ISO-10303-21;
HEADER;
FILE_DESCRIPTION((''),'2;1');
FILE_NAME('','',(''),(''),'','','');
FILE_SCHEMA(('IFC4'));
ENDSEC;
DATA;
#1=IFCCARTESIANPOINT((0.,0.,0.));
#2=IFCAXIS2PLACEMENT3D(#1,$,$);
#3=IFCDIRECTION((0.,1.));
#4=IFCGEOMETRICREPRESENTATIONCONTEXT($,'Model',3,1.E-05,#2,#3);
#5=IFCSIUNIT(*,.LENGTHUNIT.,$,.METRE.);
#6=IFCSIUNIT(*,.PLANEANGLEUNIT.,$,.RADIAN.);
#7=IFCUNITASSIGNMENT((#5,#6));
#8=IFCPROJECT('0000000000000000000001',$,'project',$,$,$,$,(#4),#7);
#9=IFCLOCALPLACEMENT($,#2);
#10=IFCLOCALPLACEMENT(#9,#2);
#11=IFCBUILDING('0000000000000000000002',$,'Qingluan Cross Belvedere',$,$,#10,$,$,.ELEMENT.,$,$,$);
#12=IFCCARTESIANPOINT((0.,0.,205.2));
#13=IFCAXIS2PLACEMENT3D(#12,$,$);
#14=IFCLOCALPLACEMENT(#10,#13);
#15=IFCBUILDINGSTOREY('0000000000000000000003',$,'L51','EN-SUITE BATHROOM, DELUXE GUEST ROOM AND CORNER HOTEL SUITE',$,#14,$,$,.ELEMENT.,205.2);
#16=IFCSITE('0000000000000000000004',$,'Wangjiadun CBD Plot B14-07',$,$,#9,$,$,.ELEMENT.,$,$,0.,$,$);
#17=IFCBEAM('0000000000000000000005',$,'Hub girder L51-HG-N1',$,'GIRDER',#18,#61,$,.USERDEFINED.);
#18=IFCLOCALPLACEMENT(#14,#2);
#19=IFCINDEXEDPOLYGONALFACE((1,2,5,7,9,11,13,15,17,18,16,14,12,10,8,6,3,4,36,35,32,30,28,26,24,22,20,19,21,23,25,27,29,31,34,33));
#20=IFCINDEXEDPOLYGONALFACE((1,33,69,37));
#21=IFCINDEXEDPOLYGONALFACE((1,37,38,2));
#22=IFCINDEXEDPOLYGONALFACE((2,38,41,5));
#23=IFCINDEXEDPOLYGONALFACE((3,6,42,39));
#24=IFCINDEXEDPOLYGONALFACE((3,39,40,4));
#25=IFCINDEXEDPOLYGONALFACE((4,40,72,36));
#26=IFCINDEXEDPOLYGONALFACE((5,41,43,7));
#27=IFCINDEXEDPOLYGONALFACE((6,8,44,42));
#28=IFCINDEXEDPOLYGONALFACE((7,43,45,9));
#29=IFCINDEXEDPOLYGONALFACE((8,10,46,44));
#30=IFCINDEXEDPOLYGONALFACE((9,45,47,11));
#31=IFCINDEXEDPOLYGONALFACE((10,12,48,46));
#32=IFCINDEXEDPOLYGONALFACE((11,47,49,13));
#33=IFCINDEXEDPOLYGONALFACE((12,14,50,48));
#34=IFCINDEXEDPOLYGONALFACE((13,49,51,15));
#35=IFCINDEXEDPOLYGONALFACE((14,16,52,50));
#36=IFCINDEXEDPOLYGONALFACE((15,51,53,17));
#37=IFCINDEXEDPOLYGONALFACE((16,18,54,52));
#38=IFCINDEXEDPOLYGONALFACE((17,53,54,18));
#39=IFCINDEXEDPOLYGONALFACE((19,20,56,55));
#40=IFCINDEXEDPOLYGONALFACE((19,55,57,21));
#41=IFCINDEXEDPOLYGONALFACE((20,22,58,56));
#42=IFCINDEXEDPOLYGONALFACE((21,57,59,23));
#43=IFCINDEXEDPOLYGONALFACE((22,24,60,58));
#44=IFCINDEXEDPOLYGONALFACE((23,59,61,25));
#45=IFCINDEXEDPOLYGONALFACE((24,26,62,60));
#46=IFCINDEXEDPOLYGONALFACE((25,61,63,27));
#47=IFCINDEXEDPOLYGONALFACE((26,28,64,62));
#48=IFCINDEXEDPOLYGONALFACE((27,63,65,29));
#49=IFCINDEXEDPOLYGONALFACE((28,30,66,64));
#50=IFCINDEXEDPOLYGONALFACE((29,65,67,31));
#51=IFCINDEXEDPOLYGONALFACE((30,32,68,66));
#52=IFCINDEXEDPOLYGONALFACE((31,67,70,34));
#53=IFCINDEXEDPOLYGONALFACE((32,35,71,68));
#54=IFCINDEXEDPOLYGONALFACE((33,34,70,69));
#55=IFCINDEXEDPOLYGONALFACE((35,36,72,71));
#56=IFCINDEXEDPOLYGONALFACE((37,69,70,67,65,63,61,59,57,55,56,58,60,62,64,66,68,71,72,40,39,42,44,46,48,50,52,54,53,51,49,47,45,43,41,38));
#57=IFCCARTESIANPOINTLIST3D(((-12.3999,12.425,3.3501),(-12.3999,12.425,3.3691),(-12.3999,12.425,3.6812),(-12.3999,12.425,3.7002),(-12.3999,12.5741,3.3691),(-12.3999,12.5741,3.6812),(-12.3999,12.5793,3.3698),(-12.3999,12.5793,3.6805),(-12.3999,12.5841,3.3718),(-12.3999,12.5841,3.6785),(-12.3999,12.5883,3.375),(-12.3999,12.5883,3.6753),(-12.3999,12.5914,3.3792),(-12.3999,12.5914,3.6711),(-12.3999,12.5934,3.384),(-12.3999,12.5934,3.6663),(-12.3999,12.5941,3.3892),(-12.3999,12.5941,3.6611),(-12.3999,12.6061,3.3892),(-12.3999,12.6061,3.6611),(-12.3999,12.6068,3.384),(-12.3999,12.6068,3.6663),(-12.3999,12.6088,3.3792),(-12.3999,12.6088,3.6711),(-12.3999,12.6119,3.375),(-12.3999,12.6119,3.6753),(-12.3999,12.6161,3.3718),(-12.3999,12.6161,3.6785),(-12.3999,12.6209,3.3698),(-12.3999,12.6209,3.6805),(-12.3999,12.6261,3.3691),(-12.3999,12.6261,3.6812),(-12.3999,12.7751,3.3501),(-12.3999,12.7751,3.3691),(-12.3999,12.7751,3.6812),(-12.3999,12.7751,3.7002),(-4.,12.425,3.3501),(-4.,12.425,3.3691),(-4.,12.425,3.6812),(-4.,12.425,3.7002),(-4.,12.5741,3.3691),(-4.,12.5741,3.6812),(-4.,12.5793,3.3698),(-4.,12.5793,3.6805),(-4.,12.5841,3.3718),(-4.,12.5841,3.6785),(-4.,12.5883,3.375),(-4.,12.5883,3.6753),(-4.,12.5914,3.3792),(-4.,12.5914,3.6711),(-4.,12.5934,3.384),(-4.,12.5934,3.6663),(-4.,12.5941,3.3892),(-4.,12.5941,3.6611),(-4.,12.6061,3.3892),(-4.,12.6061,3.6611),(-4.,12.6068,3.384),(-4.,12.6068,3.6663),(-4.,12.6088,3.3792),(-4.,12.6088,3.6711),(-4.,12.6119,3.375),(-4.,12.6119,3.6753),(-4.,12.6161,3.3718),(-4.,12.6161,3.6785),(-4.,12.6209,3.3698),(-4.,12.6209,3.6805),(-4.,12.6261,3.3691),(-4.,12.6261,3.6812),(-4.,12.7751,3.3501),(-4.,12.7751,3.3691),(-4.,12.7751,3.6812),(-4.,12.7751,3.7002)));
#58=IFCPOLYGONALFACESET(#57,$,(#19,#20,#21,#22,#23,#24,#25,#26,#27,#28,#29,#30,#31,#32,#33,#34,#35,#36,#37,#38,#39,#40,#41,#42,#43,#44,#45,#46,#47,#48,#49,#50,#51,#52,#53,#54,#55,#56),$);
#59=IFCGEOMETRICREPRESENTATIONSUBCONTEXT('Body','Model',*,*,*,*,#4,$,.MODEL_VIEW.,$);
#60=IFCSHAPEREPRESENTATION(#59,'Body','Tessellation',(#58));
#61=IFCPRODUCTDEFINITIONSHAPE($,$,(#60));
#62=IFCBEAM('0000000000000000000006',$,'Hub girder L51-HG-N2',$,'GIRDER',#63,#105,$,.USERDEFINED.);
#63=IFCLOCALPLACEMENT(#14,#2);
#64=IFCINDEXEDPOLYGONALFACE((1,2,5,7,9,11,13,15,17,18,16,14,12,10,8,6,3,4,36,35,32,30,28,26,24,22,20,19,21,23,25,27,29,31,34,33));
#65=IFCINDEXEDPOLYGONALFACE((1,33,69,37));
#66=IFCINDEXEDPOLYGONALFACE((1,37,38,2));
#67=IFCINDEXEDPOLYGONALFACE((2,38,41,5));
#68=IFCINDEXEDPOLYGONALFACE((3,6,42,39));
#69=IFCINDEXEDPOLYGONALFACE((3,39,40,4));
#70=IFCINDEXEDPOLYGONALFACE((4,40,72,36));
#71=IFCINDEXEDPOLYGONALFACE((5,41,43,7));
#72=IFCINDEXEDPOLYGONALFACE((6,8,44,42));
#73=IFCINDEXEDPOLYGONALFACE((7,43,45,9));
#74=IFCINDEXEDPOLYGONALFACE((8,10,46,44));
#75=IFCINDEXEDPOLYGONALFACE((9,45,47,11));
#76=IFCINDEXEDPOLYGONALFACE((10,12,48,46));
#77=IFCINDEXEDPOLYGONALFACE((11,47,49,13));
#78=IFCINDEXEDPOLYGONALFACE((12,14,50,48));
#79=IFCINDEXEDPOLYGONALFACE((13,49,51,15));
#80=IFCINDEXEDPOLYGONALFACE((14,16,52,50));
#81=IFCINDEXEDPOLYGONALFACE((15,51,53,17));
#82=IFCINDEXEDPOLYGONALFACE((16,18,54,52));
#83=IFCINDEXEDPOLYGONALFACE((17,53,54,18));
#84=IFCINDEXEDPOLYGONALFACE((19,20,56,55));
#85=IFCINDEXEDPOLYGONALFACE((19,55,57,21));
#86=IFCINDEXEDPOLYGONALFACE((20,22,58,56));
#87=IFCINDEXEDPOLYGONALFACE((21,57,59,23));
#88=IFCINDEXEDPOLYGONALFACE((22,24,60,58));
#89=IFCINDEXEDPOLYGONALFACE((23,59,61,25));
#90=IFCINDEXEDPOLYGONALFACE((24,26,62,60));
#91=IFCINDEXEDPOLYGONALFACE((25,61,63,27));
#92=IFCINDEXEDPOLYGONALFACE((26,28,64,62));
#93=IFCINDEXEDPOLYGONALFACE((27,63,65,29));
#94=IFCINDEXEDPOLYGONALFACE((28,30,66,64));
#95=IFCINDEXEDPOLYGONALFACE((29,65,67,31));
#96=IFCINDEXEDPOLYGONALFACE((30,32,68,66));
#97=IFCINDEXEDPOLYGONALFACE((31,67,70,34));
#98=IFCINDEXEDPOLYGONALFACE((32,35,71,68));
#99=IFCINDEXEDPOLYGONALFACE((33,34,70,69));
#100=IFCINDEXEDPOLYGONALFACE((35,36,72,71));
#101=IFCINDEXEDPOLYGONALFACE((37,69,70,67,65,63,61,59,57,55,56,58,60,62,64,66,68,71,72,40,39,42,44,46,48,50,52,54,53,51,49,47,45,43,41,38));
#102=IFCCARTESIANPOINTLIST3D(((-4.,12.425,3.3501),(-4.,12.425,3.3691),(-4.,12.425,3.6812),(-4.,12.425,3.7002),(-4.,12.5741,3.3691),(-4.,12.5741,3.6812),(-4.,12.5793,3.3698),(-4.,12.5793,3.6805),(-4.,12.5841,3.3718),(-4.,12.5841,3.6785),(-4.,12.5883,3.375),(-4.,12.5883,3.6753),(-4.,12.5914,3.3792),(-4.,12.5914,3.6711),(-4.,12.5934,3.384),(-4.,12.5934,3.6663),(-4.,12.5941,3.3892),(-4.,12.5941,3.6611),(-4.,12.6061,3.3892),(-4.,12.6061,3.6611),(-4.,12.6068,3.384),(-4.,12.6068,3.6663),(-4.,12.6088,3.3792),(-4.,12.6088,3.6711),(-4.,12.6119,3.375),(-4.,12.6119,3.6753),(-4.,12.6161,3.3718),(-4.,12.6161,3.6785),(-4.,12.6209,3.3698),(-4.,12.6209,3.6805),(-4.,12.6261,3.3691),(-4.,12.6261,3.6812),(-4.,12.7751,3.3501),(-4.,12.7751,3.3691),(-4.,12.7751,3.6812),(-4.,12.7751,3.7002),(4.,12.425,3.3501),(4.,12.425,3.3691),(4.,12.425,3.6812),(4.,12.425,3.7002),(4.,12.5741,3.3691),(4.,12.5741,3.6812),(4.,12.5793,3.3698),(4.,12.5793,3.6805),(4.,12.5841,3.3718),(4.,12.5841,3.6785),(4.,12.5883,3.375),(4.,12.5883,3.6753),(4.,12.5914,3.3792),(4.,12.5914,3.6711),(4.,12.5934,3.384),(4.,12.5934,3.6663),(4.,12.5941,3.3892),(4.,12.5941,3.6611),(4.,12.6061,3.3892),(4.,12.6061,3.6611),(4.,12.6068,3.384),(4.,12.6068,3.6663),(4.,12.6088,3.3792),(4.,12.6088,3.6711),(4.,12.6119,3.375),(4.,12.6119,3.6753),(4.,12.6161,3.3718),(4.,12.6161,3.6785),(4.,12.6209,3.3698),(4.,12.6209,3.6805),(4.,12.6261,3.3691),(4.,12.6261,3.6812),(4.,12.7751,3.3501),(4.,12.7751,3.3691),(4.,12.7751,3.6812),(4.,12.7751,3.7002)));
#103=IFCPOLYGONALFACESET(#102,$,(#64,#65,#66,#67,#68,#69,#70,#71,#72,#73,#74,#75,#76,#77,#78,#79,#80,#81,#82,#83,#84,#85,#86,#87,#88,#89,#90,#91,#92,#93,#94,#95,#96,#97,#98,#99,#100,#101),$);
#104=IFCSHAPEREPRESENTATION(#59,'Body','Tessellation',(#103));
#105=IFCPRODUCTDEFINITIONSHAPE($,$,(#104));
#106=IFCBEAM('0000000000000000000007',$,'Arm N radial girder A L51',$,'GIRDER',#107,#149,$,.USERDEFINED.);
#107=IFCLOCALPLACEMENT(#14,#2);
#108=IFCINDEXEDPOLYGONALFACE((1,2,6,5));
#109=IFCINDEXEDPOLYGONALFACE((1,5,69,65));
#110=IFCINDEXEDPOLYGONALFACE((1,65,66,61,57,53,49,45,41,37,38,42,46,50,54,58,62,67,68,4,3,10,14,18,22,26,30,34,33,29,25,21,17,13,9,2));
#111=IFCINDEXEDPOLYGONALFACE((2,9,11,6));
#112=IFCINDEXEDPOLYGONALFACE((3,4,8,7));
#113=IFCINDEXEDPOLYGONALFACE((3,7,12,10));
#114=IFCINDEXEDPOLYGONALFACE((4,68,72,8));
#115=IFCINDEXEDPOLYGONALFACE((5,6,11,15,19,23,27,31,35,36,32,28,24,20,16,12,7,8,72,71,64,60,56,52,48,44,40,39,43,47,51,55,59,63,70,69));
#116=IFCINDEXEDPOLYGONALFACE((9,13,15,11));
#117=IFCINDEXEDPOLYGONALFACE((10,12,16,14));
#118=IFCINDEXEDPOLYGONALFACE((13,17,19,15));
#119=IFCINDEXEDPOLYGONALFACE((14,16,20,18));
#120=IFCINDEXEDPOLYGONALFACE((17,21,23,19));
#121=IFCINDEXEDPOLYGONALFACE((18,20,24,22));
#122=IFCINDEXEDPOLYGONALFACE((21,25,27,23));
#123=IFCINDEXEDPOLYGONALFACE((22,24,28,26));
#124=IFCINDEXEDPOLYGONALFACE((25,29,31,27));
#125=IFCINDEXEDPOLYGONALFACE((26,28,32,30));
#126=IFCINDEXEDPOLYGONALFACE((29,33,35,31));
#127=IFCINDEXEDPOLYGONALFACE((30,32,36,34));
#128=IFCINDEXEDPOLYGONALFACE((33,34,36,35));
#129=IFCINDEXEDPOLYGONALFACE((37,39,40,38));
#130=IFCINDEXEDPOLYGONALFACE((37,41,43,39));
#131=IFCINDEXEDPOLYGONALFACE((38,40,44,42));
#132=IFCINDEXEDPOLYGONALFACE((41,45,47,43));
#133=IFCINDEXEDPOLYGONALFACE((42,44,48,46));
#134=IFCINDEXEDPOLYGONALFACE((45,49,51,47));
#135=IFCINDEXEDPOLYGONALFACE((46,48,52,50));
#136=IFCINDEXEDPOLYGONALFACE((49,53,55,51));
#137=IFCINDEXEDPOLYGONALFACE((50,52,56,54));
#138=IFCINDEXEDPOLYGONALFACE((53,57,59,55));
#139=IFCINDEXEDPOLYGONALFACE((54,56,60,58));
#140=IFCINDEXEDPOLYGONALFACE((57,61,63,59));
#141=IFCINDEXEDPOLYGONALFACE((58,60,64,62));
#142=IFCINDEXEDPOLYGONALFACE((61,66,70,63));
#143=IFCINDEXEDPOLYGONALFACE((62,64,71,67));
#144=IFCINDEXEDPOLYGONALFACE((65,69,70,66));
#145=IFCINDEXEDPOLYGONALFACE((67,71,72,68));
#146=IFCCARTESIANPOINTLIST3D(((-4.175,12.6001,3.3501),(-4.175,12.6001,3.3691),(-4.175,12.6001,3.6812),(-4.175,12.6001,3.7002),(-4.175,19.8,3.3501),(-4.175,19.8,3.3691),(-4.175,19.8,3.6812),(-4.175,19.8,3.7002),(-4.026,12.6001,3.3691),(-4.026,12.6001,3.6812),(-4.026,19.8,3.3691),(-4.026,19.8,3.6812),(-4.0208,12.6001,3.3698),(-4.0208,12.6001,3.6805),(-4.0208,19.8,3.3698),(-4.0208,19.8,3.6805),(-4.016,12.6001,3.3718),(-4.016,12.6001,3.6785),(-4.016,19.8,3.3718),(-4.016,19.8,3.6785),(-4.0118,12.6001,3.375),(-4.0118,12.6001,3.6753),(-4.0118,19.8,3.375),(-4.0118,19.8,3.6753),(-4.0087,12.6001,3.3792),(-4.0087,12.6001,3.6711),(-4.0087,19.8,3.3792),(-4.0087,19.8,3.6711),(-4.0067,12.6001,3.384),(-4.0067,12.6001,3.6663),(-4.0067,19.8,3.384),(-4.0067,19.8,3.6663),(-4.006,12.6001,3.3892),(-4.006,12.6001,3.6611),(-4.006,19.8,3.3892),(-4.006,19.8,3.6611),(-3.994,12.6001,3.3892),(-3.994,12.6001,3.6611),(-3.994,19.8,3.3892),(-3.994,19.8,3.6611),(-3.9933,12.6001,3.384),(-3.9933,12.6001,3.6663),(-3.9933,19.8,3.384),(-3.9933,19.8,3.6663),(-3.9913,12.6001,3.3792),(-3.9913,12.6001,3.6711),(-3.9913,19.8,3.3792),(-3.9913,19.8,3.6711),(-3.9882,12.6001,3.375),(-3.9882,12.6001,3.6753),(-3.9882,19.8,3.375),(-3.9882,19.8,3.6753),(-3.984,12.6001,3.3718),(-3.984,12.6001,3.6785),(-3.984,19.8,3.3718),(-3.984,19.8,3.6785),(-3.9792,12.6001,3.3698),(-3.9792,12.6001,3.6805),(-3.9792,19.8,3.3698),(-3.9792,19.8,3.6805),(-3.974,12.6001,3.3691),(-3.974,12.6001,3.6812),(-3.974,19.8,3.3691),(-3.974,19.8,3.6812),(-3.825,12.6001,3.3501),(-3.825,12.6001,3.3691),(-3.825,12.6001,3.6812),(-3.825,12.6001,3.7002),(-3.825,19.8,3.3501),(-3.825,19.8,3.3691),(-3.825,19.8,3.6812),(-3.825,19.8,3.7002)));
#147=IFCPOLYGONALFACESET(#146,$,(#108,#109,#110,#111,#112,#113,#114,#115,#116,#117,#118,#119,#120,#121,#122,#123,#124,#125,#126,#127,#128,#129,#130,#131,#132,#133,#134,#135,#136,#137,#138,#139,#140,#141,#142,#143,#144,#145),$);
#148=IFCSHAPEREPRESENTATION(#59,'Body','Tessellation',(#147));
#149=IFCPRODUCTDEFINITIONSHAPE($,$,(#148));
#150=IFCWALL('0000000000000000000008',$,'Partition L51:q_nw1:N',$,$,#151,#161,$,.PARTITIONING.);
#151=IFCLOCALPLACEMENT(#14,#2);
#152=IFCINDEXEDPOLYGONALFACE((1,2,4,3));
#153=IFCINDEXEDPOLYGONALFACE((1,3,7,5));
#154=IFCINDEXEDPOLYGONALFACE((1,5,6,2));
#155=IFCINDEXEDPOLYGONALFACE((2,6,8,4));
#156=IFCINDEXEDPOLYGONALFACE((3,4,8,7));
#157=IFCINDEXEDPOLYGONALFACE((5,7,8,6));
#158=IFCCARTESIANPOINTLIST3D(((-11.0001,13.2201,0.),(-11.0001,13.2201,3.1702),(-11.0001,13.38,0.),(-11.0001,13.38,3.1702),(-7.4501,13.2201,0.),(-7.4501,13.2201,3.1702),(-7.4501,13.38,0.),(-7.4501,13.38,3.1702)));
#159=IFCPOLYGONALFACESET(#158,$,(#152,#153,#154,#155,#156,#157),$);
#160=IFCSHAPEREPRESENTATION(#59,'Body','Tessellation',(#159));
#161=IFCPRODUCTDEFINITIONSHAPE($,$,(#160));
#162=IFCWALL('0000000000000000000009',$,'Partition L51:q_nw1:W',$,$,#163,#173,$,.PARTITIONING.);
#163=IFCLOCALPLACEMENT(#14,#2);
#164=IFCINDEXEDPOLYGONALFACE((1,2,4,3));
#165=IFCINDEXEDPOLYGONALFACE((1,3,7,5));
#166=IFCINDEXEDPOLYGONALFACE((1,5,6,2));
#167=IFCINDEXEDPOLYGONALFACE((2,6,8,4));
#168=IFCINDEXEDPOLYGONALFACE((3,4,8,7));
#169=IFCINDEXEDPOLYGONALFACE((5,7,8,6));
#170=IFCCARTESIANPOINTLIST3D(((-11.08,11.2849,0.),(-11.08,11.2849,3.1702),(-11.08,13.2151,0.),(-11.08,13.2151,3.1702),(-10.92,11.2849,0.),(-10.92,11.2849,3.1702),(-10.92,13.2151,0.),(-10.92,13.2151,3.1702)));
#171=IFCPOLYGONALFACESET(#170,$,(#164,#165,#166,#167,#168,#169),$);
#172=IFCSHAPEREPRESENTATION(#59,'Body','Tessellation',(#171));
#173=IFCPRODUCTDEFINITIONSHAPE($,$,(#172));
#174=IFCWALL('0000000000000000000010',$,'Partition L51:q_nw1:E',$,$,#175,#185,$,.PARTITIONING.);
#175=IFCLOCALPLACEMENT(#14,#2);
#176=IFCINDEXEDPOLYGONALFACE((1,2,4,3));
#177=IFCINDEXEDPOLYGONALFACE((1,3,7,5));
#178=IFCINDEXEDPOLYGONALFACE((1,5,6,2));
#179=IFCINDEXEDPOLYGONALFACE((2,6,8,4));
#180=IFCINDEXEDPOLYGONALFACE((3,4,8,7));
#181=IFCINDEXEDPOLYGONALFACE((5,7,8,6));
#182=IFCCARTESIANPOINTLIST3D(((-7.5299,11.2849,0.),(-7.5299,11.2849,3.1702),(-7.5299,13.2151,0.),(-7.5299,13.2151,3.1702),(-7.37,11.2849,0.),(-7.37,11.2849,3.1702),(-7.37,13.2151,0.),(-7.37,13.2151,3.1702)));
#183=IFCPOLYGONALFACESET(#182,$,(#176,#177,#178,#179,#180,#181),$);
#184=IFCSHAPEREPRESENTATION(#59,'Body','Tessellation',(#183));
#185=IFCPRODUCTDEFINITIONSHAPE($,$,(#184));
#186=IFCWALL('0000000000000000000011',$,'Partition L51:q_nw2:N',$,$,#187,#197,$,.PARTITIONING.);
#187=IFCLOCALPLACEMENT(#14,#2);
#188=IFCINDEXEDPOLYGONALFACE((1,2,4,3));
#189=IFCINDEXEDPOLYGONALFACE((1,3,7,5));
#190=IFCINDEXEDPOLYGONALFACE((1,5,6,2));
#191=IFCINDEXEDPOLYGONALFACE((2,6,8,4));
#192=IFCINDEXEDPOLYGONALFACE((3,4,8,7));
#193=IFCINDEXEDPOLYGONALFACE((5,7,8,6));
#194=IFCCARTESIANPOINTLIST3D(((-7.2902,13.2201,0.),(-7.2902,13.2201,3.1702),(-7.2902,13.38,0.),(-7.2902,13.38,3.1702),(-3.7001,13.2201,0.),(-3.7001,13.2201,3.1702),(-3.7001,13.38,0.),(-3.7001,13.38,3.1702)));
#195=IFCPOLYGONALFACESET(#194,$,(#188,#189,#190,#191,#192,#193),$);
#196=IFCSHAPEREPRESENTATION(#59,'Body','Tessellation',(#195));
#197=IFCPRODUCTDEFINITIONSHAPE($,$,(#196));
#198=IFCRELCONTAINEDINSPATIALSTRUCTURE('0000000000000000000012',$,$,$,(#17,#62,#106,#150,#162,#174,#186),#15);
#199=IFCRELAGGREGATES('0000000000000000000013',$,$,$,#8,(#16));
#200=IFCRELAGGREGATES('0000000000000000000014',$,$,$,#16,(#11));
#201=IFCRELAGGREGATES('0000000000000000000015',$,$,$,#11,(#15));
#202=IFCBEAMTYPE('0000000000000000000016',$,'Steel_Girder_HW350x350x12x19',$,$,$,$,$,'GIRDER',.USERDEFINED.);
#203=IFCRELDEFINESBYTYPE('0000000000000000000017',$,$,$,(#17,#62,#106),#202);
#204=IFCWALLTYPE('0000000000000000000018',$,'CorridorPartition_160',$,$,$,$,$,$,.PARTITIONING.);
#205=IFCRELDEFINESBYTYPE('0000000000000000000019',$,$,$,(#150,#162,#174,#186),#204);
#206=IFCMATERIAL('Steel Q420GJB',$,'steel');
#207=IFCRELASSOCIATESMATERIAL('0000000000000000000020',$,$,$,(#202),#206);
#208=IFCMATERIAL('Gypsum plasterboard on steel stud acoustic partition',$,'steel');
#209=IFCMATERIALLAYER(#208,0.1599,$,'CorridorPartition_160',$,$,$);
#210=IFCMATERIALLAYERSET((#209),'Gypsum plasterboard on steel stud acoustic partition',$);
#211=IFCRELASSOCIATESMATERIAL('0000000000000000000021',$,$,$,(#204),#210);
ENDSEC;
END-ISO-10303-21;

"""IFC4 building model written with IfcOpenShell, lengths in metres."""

from ifc_helpers import new_model, si_unit, direction, frame, frame_2d, origin, origin_2d, place, context, subcontext, project, spatial, rectangle, i_section, extrude, material, layer, layer_set, material_profile, profile_set, type_object, element, save


model = new_model("IFC4")

# Units and contexts
model_context = context("Model", 3, precision=1e-05, world=origin(), true_north=direction((0.0, 1.0)))
body_context = subcontext(model_context, "Body", "Model", "MODEL_VIEW")
ifc_project = project(units=[si_unit("LENGTHUNIT", "METRE"), si_unit("PLANEANGLEUNIT", "RADIAN")], contexts=[model_context])

# Site, building, storey
site_placement = place(None, origin())
site = spatial("IfcSite", under=ifc_project, at=site_placement, Name="Wangjiadun CBD Plot B14-07", CompositionType="ELEMENT", RefElevation=0.0)
building_placement = place(site_placement, origin())
building = spatial("IfcBuilding", under=site, at=building_placement, Name="Qingluan Cross Belvedere", CompositionType="ELEMENT")
storey_placement = place(building_placement, frame((0.0, 0.0, 205.2)))
storey = spatial("IfcBuildingStorey", under=building, at=storey_placement, Name="L51", Description="EN-SUITE BATHROOM, DELUXE GUEST ROOM AND CORNER HOTEL SUITE", CompositionType="ELEMENT", Elevation=205.2)

# Beams
ifc_material_1 = material(Name="Steel Q420GJB", Category="steel")
ifc_material_profile_1 = material_profile(ifc_material_1, i_section(OverallWidth=0.3501, OverallDepth=0.3501, WebThickness=0.012, FlangeThickness=0.019, FilletRadius=0.02, at=origin_2d()), Name="HW350x350x12x19")
ifc_profile_set_1 = profile_set([ifc_material_profile_1], Name="Steel Q420GJB")
beam_type_1 = type_object("IfcBeamType", Name="Steel_Girder_HW350x350x12x19", ElementType="GIRDER", PredefinedType="USERDEFINED", material=ifc_profile_set_1)
beam_1_placement = place(storey_placement, frame((-12.3999, 12.6001, 3.5251), z_axis=(1.0, 0.0, 0.0), x_axis=(0.0, 1.0, 0.0)))
element("IfcBeam", 1, at=beam_1_placement, inside=storey, type_object=beam_type_1, Name="Hub girder L51-HG-N1", ObjectType="GIRDER", PredefinedType="USERDEFINED", context=body_context, shape_type="SweptSolid", body=[
    extrude(i_section(OverallWidth=0.3501, OverallDepth=0.3501, WebThickness=0.012, FlangeThickness=0.019, FilletRadius=0.02, at=origin_2d()), origin(), (0.0, 0.0, 1.0), 8.3999),
])
beam_2_placement = place(storey_placement, frame((-4.0, 12.6001, 3.5251), z_axis=(1.0, 0.0, 0.0), x_axis=(0.0, 1.0, 0.0)))
element("IfcBeam", 2, at=beam_2_placement, inside=storey, type_object=beam_type_1, Name="Hub girder L51-HG-N2", ObjectType="GIRDER", PredefinedType="USERDEFINED", context=body_context, shape_type="SweptSolid", body=[
    extrude(i_section(OverallWidth=0.3501, OverallDepth=0.3501, WebThickness=0.012, FlangeThickness=0.019, FilletRadius=0.02, at=origin_2d()), origin(), (0.0, 0.0, 1.0), 8.0),
])
beam_3_placement = place(storey_placement, frame((-4.0, 12.6001, 3.5251), z_axis=(0.0, 1.0, 0.0), x_axis=(-1.0, 0.0, 0.0)))
element("IfcBeam", 3, at=beam_3_placement, inside=storey, type_object=beam_type_1, Name="Arm N radial girder A L51", ObjectType="GIRDER", PredefinedType="USERDEFINED", context=body_context, shape_type="SweptSolid", body=[
    extrude(i_section(OverallWidth=0.3501, OverallDepth=0.3501, WebThickness=0.012, FlangeThickness=0.019, FilletRadius=0.02, at=origin_2d()), origin(), (0.0, 0.0, 1.0), 7.2),
])

# Walls
ifc_material_2 = material(Name="Gypsum plasterboard on steel stud acoustic partition", Category="steel")
ifc_layer_1 = layer(ifc_material_2, 0.1599, Name="CorridorPartition_160")
ifc_layer_set_1 = layer_set([ifc_layer_1], Name="Gypsum plasterboard on steel stud acoustic partition")
wall_type_1 = type_object("IfcWallType", Name="CorridorPartition_160", PredefinedType="PARTITIONING", material=ifc_layer_set_1)
wall_1_placement = place(storey_placement, frame((-11.0, 13.3, 0.0), z_axis=(0.0, 0.0, 1.0), x_axis=(1.0, 0.0, 0.0)))
element("IfcWall", 4, at=wall_1_placement, inside=storey, type_object=wall_type_1, Name="Partition L51:q_nw1:N", PredefinedType="PARTITIONING", context=body_context, shape_type="SweptSolid", body=[
    extrude(rectangle(XDim=3.55, YDim=0.1599, at=frame_2d((1.7749, 0.0))), origin(), (0.0, 0.0, 1.0), 3.1702),
])
for number, where, z_axis, x_axis, name in (
    (5, (-11.0, 11.2849, 0.0), (0.0, 0.0, 1.0), (0.0, 1.0, 0.0), "Partition L51:q_nw1:W"),
    (6, (-7.45, 11.2849, 0.0), (0.0, 0.0, 1.0), (0.0, 1.0, 0.0), "Partition L51:q_nw1:E"),
):
    element("IfcWall", number, at=place(storey_placement, frame(where, z_axis=z_axis, x_axis=x_axis)), inside=storey, type_object=wall_type_1, Name=name, PredefinedType="PARTITIONING", context=body_context, shape_type="SweptSolid", body=[
        extrude(rectangle(XDim=1.9302, YDim=0.1599, at=frame_2d((0.9651, 0.0))), origin(), (0.0, 0.0, 1.0), 3.1702),
    ])
wall_2_placement = place(storey_placement, frame((-7.29, 13.3, 0.0), z_axis=(0.0, 0.0, 1.0), x_axis=(1.0, 0.0, 0.0)))
element("IfcWall", 7, at=wall_2_placement, inside=storey, type_object=wall_type_1, Name="Partition L51:q_nw2:N", PredefinedType="PARTITIONING", context=body_context, shape_type="SweptSolid", body=[
    extrude(rectangle(XDim=3.5901, YDim=0.1599, at=frame_2d((1.7949, 0.0))), origin(), (0.0, 0.0, 1.0), 3.1702),
])

save(model, "model.ifc")
